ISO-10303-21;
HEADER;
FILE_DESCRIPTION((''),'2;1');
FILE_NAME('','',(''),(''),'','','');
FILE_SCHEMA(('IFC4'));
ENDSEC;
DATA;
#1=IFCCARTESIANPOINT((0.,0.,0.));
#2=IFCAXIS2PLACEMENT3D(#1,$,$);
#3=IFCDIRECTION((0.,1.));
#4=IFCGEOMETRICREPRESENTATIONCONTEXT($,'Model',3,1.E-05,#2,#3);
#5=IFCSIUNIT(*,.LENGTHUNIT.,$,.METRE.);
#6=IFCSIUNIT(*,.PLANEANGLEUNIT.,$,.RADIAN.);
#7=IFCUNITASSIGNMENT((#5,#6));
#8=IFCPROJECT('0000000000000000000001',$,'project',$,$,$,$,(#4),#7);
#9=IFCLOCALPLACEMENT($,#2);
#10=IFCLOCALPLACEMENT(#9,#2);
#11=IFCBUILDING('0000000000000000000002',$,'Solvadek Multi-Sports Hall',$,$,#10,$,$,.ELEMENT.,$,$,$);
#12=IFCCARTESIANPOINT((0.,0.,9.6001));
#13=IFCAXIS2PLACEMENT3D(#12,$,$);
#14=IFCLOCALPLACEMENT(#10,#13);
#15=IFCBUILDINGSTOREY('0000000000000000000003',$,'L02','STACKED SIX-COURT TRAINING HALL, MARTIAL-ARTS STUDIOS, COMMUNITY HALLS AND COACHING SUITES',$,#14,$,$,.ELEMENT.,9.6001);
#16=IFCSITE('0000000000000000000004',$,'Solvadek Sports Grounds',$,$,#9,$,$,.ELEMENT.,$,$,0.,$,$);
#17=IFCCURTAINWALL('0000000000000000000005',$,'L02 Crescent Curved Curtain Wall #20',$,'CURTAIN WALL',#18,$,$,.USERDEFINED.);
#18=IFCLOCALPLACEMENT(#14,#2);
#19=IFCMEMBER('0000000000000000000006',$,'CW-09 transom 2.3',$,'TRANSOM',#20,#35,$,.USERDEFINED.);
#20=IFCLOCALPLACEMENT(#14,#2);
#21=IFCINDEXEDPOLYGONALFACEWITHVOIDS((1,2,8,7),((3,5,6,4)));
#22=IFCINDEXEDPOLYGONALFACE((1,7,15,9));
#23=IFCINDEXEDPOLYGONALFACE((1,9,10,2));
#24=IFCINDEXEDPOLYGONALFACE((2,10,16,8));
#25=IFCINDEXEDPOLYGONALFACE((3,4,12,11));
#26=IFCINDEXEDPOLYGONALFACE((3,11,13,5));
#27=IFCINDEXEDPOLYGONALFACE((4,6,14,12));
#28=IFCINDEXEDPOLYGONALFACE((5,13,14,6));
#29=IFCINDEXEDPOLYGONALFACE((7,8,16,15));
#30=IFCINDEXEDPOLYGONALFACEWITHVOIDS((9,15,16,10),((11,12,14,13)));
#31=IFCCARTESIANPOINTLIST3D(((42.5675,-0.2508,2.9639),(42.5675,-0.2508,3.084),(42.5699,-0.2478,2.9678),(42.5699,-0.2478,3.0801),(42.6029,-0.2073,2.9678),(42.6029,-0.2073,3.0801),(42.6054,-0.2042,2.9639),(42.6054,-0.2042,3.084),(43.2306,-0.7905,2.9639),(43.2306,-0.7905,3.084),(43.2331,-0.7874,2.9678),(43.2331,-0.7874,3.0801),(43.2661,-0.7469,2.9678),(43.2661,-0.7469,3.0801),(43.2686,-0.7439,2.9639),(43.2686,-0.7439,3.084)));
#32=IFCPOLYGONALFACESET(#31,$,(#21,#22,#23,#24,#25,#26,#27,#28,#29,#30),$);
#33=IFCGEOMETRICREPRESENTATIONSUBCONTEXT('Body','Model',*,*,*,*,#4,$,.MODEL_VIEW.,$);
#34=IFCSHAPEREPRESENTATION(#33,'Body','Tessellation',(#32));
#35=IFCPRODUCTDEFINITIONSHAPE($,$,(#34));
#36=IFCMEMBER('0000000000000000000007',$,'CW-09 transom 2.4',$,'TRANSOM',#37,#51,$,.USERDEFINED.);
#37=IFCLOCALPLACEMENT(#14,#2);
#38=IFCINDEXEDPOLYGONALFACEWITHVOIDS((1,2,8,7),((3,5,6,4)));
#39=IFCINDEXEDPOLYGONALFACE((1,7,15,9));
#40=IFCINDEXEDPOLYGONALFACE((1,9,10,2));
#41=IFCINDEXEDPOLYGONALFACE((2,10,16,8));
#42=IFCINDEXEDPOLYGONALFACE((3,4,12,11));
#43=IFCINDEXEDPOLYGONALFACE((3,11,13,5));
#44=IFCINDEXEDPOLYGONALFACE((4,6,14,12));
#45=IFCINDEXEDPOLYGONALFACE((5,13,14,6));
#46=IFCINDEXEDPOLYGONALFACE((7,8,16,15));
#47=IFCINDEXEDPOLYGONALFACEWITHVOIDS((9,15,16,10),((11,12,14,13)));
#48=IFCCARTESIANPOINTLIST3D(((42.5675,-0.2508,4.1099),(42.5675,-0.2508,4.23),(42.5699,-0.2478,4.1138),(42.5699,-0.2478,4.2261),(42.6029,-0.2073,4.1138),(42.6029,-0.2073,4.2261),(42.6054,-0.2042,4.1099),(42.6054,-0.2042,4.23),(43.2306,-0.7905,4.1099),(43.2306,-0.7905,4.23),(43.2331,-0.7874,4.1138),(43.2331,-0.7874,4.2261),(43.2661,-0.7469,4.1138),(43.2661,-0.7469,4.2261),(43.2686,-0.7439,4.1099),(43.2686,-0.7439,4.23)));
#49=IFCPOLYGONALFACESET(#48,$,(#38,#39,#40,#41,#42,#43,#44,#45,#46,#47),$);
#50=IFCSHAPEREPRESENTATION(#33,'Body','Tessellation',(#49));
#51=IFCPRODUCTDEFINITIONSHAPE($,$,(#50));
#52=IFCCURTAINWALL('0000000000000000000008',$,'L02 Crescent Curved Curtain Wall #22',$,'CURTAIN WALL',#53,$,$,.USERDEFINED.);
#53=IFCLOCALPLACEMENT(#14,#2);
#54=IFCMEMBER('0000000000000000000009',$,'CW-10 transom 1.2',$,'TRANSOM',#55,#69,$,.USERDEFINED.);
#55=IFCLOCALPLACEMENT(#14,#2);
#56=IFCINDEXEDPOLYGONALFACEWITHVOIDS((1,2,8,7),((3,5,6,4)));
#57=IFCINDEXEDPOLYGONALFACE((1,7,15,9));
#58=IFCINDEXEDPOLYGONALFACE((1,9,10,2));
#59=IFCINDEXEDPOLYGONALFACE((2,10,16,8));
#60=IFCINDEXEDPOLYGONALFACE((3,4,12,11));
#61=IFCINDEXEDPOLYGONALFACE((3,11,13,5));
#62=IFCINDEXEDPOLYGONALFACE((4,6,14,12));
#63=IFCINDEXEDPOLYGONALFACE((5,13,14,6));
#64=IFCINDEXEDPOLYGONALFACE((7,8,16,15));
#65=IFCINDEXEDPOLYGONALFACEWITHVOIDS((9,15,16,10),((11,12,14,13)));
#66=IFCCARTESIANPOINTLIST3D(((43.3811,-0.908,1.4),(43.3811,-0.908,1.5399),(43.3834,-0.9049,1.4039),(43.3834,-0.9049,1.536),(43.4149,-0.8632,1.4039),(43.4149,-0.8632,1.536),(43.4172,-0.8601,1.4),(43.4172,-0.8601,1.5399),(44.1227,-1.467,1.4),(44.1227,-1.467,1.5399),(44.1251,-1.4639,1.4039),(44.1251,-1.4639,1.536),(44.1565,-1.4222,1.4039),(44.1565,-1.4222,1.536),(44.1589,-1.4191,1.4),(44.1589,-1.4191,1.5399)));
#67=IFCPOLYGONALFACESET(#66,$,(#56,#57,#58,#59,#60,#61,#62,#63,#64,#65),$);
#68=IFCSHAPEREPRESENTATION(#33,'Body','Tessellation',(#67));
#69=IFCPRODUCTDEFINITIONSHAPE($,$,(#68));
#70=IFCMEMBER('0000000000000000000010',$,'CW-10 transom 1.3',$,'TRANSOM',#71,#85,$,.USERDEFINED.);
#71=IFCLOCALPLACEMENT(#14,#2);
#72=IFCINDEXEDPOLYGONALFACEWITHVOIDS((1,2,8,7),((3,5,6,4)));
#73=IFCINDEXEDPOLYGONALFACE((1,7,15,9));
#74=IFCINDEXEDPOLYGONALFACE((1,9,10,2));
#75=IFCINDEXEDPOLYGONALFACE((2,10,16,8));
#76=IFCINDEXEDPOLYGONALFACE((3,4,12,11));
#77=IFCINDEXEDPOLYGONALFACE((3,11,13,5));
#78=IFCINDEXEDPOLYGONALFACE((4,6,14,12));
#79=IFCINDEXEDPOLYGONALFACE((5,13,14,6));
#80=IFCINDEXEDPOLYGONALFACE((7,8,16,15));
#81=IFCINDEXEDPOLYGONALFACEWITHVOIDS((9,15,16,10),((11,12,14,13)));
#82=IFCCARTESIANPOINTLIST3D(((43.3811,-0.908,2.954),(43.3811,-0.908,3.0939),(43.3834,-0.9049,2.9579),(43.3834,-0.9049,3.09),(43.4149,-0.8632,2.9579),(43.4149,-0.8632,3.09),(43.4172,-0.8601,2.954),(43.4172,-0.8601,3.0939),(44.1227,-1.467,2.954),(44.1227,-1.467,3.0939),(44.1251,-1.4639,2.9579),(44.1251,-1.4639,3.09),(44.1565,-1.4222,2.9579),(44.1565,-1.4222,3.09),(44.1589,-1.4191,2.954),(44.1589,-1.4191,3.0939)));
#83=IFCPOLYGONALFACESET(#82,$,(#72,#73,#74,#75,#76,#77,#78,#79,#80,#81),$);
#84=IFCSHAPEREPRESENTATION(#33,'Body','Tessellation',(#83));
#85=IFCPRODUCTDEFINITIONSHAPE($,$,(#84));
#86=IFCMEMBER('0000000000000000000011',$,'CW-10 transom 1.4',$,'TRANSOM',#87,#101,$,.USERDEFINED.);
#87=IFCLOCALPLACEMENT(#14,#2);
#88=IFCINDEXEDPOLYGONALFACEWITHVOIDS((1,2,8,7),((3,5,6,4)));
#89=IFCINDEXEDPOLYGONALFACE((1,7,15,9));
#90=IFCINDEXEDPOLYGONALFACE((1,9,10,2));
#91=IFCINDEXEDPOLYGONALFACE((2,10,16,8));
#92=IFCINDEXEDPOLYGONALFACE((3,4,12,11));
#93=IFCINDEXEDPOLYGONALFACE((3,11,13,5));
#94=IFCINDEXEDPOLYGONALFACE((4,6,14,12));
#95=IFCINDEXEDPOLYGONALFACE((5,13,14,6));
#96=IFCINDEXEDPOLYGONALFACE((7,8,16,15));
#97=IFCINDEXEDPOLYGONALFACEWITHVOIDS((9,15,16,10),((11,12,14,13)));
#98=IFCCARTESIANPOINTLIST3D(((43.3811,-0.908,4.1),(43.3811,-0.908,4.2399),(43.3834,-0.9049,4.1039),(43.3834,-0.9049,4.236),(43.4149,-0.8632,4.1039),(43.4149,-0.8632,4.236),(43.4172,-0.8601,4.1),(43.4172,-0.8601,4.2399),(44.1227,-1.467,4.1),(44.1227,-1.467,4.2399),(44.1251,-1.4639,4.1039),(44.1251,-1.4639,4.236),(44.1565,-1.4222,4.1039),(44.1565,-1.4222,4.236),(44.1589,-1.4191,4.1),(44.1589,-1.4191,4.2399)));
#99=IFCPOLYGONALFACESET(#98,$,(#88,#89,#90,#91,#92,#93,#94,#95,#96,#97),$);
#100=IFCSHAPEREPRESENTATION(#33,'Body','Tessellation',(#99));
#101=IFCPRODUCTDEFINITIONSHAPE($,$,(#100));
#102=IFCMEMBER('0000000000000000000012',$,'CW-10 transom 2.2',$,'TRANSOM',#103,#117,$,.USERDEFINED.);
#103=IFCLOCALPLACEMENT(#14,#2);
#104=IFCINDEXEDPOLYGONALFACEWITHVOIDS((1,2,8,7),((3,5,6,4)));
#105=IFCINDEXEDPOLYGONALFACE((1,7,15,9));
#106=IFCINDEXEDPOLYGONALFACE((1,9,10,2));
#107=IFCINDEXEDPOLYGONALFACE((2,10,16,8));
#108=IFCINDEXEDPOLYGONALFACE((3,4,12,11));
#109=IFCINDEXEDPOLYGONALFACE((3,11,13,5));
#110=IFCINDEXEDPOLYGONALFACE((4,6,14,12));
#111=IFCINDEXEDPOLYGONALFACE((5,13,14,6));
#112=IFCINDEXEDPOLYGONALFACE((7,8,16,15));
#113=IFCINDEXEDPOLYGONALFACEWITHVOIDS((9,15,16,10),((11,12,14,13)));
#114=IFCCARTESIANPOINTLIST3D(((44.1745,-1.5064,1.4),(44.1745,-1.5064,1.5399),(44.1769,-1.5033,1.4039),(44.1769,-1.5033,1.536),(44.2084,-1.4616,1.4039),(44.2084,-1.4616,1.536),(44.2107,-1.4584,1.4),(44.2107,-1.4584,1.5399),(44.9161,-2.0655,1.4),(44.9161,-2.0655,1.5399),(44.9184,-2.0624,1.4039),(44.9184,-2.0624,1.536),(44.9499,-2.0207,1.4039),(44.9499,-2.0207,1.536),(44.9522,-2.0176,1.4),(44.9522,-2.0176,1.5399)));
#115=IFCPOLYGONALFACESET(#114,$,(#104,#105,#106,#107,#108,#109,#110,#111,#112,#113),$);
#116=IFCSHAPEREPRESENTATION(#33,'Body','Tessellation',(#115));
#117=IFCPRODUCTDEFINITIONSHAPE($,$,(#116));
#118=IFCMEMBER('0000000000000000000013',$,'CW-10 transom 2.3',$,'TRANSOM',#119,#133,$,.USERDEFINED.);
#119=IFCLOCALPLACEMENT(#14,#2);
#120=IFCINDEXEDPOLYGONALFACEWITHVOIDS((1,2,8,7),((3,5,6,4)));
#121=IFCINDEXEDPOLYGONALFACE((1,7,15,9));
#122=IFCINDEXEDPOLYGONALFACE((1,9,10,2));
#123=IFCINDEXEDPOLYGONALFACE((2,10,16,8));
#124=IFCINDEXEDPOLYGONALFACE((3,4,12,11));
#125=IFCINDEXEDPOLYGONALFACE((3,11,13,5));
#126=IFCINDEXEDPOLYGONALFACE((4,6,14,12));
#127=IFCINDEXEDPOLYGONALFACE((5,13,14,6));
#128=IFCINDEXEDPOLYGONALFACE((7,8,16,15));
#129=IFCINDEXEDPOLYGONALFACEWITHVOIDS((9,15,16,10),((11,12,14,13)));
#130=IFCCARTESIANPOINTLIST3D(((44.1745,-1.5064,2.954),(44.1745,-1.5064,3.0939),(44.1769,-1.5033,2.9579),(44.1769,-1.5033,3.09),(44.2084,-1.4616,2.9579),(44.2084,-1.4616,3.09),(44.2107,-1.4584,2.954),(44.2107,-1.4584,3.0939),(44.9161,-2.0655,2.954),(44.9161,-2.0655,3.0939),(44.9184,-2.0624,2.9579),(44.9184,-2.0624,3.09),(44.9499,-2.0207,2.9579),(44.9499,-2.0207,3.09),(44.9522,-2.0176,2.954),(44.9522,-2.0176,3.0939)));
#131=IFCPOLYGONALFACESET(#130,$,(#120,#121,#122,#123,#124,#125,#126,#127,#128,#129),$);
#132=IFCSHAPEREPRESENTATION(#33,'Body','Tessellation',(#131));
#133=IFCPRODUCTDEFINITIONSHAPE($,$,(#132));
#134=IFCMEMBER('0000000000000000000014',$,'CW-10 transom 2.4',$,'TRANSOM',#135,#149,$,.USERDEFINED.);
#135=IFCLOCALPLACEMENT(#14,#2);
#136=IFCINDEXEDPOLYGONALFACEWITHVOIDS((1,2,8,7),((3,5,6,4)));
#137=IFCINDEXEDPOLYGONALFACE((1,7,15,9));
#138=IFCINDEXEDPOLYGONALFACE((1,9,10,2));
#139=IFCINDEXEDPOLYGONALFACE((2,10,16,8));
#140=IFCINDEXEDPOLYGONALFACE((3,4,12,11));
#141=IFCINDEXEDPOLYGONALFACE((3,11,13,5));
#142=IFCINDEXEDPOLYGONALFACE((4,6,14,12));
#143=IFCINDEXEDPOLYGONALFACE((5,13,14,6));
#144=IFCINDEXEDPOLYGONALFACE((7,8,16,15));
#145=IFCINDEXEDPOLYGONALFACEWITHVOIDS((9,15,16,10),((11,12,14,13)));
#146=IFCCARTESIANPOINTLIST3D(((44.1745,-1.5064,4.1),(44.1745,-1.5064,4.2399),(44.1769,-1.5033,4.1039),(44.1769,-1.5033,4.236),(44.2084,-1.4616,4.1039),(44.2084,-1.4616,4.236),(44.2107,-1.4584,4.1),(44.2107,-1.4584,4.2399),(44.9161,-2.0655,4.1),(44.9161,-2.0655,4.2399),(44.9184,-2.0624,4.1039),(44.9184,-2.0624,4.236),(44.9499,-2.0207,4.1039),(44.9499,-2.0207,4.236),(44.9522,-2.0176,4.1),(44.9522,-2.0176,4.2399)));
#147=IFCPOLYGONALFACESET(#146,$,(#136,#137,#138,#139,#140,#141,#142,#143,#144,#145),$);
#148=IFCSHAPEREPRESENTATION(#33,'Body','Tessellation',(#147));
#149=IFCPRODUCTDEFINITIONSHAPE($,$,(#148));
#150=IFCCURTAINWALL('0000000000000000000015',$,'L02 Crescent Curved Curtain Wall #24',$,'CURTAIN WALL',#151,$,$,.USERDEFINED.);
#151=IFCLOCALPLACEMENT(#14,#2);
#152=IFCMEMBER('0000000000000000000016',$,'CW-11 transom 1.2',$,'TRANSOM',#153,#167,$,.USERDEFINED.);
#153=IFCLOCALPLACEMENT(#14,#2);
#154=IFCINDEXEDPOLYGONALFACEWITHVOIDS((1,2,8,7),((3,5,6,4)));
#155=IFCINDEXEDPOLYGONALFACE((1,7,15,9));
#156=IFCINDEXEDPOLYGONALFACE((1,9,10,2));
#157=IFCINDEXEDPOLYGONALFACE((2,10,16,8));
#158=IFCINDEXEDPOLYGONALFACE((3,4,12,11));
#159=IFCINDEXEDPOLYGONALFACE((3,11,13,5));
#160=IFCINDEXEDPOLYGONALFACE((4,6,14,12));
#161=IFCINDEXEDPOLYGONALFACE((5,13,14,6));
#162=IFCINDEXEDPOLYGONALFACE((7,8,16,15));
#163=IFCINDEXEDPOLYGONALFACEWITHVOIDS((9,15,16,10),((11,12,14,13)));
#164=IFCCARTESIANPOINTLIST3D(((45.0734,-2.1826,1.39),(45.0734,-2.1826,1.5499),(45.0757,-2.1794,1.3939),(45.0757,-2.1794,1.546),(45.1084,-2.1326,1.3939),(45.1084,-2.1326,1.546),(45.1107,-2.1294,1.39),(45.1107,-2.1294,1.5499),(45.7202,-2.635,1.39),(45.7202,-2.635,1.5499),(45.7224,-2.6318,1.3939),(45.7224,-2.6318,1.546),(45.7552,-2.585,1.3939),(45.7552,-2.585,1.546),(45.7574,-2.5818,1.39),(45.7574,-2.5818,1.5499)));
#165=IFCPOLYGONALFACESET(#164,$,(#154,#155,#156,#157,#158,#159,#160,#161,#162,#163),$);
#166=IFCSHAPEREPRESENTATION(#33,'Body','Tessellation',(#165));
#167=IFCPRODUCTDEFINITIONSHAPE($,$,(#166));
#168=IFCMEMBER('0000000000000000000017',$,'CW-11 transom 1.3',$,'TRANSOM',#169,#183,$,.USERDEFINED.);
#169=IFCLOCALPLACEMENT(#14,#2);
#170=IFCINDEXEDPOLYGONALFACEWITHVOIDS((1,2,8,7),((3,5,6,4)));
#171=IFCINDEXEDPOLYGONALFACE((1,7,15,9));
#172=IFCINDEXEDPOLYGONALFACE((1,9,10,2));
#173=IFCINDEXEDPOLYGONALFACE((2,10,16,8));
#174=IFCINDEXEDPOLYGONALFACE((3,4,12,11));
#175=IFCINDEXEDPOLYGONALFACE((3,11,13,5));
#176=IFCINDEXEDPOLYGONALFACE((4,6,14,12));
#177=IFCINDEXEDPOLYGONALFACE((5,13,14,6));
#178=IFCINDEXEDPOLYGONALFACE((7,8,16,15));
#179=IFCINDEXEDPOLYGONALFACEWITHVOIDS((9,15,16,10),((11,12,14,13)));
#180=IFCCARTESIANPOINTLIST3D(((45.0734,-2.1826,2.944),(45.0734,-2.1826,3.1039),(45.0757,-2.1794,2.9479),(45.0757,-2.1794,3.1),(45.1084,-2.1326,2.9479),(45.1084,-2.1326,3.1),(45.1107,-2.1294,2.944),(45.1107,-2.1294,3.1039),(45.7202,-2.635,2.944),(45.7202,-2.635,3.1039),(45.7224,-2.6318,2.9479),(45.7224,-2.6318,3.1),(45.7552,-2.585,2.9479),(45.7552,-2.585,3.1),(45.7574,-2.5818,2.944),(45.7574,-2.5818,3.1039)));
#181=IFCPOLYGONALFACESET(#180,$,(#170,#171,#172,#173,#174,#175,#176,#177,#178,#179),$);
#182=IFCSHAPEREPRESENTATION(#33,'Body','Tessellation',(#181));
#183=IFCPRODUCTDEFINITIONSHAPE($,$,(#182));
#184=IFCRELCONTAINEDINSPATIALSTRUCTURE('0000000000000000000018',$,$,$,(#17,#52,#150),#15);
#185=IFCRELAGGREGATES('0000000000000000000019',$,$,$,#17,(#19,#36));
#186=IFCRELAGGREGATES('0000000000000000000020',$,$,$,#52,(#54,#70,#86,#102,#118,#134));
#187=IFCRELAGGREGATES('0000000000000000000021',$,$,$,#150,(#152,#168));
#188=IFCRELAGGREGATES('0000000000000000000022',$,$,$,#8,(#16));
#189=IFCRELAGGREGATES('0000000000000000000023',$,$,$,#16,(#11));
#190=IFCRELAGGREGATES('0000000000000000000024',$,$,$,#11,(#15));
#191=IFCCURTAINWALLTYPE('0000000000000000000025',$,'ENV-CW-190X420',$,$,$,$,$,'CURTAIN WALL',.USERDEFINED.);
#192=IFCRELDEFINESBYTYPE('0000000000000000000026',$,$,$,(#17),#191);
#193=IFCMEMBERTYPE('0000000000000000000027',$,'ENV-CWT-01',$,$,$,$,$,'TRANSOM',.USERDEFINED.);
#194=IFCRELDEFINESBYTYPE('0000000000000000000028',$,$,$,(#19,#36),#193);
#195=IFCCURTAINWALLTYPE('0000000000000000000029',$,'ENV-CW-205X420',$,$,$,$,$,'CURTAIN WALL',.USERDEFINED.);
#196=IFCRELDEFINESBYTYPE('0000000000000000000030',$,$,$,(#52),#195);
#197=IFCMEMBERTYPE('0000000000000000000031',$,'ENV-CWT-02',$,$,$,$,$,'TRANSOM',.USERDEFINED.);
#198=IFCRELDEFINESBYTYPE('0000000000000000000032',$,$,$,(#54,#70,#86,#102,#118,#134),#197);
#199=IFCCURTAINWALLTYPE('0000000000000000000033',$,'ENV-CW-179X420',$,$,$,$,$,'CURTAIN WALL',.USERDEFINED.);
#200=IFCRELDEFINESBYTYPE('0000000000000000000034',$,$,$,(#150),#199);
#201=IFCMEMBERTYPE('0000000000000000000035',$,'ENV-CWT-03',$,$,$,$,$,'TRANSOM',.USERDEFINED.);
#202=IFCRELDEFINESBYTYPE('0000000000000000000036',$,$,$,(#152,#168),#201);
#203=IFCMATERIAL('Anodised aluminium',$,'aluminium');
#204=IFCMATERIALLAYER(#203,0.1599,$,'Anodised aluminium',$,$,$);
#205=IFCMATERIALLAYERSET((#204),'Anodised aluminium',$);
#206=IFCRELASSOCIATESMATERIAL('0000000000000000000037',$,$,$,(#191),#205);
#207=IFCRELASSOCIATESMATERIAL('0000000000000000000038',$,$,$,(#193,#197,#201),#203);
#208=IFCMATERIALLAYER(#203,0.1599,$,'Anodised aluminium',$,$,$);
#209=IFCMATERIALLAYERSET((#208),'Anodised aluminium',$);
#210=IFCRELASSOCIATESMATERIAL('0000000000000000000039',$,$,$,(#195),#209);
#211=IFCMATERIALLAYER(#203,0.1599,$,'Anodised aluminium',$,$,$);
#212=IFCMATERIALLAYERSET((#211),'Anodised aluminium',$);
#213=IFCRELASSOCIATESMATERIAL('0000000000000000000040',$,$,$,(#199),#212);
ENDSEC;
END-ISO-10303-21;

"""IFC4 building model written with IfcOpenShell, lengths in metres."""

from ifc_helpers import new_model, si_unit, direction, frame, origin, origin_2d, place, context, subcontext, project, spatial, hollow_rectangle, extrude, material, layer, layer_set, material_profile, profile_set, type_object, element, aggregate, save


model = new_model("IFC4")

# Units and contexts
model_context = context("Model", 3, precision=1e-05, world=origin(), true_north=direction((0.0, 1.0)))
body_context = subcontext(model_context, "Body", "Model", "MODEL_VIEW")
ifc_project = project(units=[si_unit("LENGTHUNIT", "METRE"), si_unit("PLANEANGLEUNIT", "RADIAN")], contexts=[model_context])

# Site, building, storey
site_placement = place(None, origin())
site = spatial("IfcSite", under=ifc_project, at=site_placement, Name="Solvadek Sports Grounds", CompositionType="ELEMENT", RefElevation=0.0)
building_placement = place(site_placement, origin())
building = spatial("IfcBuilding", under=site, at=building_placement, Name="Solvadek Multi-Sports Hall", CompositionType="ELEMENT")
storey_placement = place(building_placement, frame((0.0, 0.0, 9.6001)))
storey = spatial("IfcBuildingStorey", under=building, at=storey_placement, Name="L02", Description="STACKED SIX-COURT TRAINING HALL, MARTIAL-ARTS STUDIOS, COMMUNITY HALLS AND COACHING SUITES", CompositionType="ELEMENT", Elevation=9.6001)

# Curtain walls, members
ifc_material_1 = material(Name="Anodised aluminium", Category="aluminium")
ifc_layer_1 = layer(ifc_material_1, 0.1599, Name="Anodised aluminium")
ifc_layer_set_1 = layer_set([ifc_layer_1], Name="Anodised aluminium")
curtain_wall_type_1 = type_object("IfcCurtainWallType", Name="ENV-CW-190X420", ElementType="CURTAIN WALL", PredefinedType="USERDEFINED", material=ifc_layer_set_1)
curtain_wall_1_placement = place(storey_placement, origin())
curtain_wall_1 = element("IfcCurtainWall", 1, at=curtain_wall_1_placement, inside=storey, type_object=curtain_wall_type_1, Name="L02 Crescent Curved Curtain Wall #20", ObjectType="CURTAIN WALL", PredefinedType="USERDEFINED")
ifc_material_profile_1 = material_profile(ifc_material_1, hollow_rectangle(XDim=0.0601, YDim=0.1201, WallThickness=0.0039, at=origin_2d()), Name="ALU-T 120x60x4")
ifc_profile_set_1 = profile_set([ifc_material_profile_1], Name="Anodised aluminium")
member_type_1 = type_object("IfcMemberType", Name="ENV-CWT-01", ElementType="TRANSOM", PredefinedType="USERDEFINED", material=ifc_profile_set_1)
member_1_placement = place(storey_placement, frame((42.5864, -0.2275, 3.0239), z_axis=(0.77566, -0.631152, 0.0), x_axis=(0.631152, 0.77566, 0.0)))
member_1 = element("IfcMember", 2, at=member_1_placement, type_object=member_type_1, Name="CW-09 transom 2.3", ObjectType="TRANSOM", PredefinedType="USERDEFINED", context=body_context, shape_type="SweptSolid", body=[
    extrude(hollow_rectangle(XDim=0.0601, YDim=0.1201, WallThickness=0.0039, at=origin_2d()), origin(), (0.0, 0.0, 1.0), 0.855),
])
member_2_placement = place(storey_placement, frame((42.5864, -0.2275, 4.1699), z_axis=(0.77566, -0.631152, 0.0), x_axis=(0.631152, 0.77566, 0.0)))
member_2 = element("IfcMember", 3, at=member_2_placement, type_object=member_type_1, Name="CW-09 transom 2.4", ObjectType="TRANSOM", PredefinedType="USERDEFINED", context=body_context, shape_type="SweptSolid", body=[
    extrude(hollow_rectangle(XDim=0.0601, YDim=0.1201, WallThickness=0.0039, at=origin_2d()), origin(), (0.0, 0.0, 1.0), 0.855),
])
ifc_layer_2 = layer(ifc_material_1, 0.1599, Name="Anodised aluminium")
ifc_layer_set_2 = layer_set([ifc_layer_2], Name="Anodised aluminium")
curtain_wall_type_2 = type_object("IfcCurtainWallType", Name="ENV-CW-205X420", ElementType="CURTAIN WALL", PredefinedType="USERDEFINED", material=ifc_layer_set_2)
curtain_wall_2_placement = place(storey_placement, origin())
curtain_wall_2 = element("IfcCurtainWall", 4, at=curtain_wall_2_placement, inside=storey, type_object=curtain_wall_type_2, Name="L02 Crescent Curved Curtain Wall #22", ObjectType="CURTAIN WALL", PredefinedType="USERDEFINED")
ifc_material_profile_2 = material_profile(ifc_material_1, hollow_rectangle(XDim=0.0601, YDim=0.1399, WallThickness=0.0039, at=origin_2d()), Name="ALU-T 140x60x4")
ifc_profile_set_2 = profile_set([ifc_material_profile_2], Name="Anodised aluminium")
member_type_2 = type_object("IfcMemberType", Name="ENV-CWT-02", ElementType="TRANSOM", PredefinedType="USERDEFINED", material=ifc_profile_set_2)
member_3_placement = place(storey_placement, frame((43.3992, -0.884, 1.47), z_axis=(0.798547, -0.601933, 0.0), x_axis=(0.601933, 0.798547, 0.0)))
member_3 = element("IfcMember", 5, at=member_3_placement, type_object=member_type_2, Name="CW-10 transom 1.2", ObjectType="TRANSOM", PredefinedType="USERDEFINED", context=body_context, shape_type="SweptSolid", body=[
    extrude(hollow_rectangle(XDim=0.0601, YDim=0.1399, WallThickness=0.0039, at=origin_2d()), origin(), (0.0, 0.0, 1.0), 0.9287),
])
member_4_placement = place(storey_placement, frame((43.3992, -0.884, 3.0239), z_axis=(0.798547, -0.601933, 0.0), x_axis=(0.601933, 0.798547, 0.0)))
member_4 = element("IfcMember", 6, at=member_4_placement, type_object=member_type_2, Name="CW-10 transom 1.3", ObjectType="TRANSOM", PredefinedType="USERDEFINED", context=body_context, shape_type="SweptSolid", body=[
    extrude(hollow_rectangle(XDim=0.0601, YDim=0.1399, WallThickness=0.0039, at=origin_2d()), origin(), (0.0, 0.0, 1.0), 0.9287),
])
member_5_placement = place(storey_placement, frame((43.3992, -0.884, 4.1699), z_axis=(0.798547, -0.601933, 0.0), x_axis=(0.601933, 0.798547, 0.0)))
member_5 = element("IfcMember", 7, at=member_5_placement, type_object=member_type_2, Name="CW-10 transom 1.4", ObjectType="TRANSOM", PredefinedType="USERDEFINED", context=body_context, shape_type="SweptSolid", body=[
    extrude(hollow_rectangle(XDim=0.0601, YDim=0.1399, WallThickness=0.0039, at=origin_2d()), origin(), (0.0, 0.0, 1.0), 0.9287),
])
member_6_placement = place(storey_placement, frame((44.1926, -1.4824, 1.47), z_axis=(0.798451, -0.602059, 0.0), x_axis=(0.602059, 0.798451, 0.0)))
member_6 = element("IfcMember", 8, at=member_6_placement, type_object=member_type_2, Name="CW-10 transom 2.2", ObjectType="TRANSOM", PredefinedType="USERDEFINED", context=body_context, shape_type="SweptSolid", body=[
    extrude(hollow_rectangle(XDim=0.0601, YDim=0.1399, WallThickness=0.0039, at=origin_2d()), origin(), (0.0, 0.0, 1.0), 0.9287),
])
member_7_placement = place(storey_placement, frame((44.1926, -1.4824, 3.0239), z_axis=(0.798451, -0.602059, 0.0), x_axis=(0.602059, 0.798451, 0.0)))
member_7 = element("IfcMember", 9, at=member_7_placement, type_object=member_type_2, Name="CW-10 transom 2.3", ObjectType="TRANSOM", PredefinedType="USERDEFINED", context=body_context, shape_type="SweptSolid", body=[
    extrude(hollow_rectangle(XDim=0.0601, YDim=0.1399, WallThickness=0.0039, at=origin_2d()), origin(), (0.0, 0.0, 1.0), 0.9287),
])
member_8_placement = place(storey_placement, frame((44.1926, -1.4824, 4.1699), z_axis=(0.798451, -0.602059, 0.0), x_axis=(0.602059, 0.798451, 0.0)))
member_8 = element("IfcMember", 10, at=member_8_placement, type_object=member_type_2, Name="CW-10 transom 2.4", ObjectType="TRANSOM", PredefinedType="USERDEFINED", context=body_context, shape_type="SweptSolid", body=[
    extrude(hollow_rectangle(XDim=0.0601, YDim=0.1399, WallThickness=0.0039, at=origin_2d()), origin(), (0.0, 0.0, 1.0), 0.9287),
])
ifc_layer_3 = layer(ifc_material_1, 0.1599, Name="Anodised aluminium")
ifc_layer_set_3 = layer_set([ifc_layer_3], Name="Anodised aluminium")
curtain_wall_type_3 = type_object("IfcCurtainWallType", Name="ENV-CW-179X420", ElementType="CURTAIN WALL", PredefinedType="USERDEFINED", material=ifc_layer_set_3)
curtain_wall_3_placement = place(storey_placement, origin())
curtain_wall_3 = element("IfcCurtainWall", 11, at=curtain_wall_3_placement, inside=storey, type_object=curtain_wall_type_3, Name="L02 Crescent Curved Curtain Wall #24", ObjectType="CURTAIN WALL", PredefinedType="USERDEFINED")
ifc_material_profile_3 = material_profile(ifc_material_1, hollow_rectangle(XDim=0.0649, YDim=0.1599, WallThickness=0.0039, at=origin_2d()), Name="ALU-T 160x65x4")
ifc_profile_set_3 = profile_set([ifc_material_profile_3], Name="Anodised aluminium")
member_type_3 = type_object("IfcMemberType", Name="ENV-CWT-03", ElementType="TRANSOM", PredefinedType="USERDEFINED", material=ifc_profile_set_3)
member_9_placement = place(storey_placement, frame((45.092, -2.156, 1.47), z_axis=(0.819421, -0.573192, 0.0), x_axis=(0.573192, 0.819421, 0.0)))
member_9 = element("IfcMember", 12, at=member_9_placement, type_object=member_type_3, Name="CW-11 transom 1.2", ObjectType="TRANSOM", PredefinedType="USERDEFINED", context=body_context, shape_type="SweptSolid", body=[
    extrude(hollow_rectangle(XDim=0.0649, YDim=0.1599, WallThickness=0.0039, at=origin_2d()), origin(), (0.0, 0.0, 1.0), 0.7893),
])
member_10_placement = place(storey_placement, frame((45.092, -2.156, 3.0239), z_axis=(0.819421, -0.573192, 0.0), x_axis=(0.573192, 0.819421, 0.0)))
member_10 = element("IfcMember", 13, at=member_10_placement, type_object=member_type_3, Name="CW-11 transom 1.3", ObjectType="TRANSOM", PredefinedType="USERDEFINED", context=body_context, shape_type="SweptSolid", body=[
    extrude(hollow_rectangle(XDim=0.0649, YDim=0.1599, WallThickness=0.0039, at=origin_2d()), origin(), (0.0, 0.0, 1.0), 0.7893),
])

aggregate(curtain_wall_1, [member_1, member_2])
aggregate(curtain_wall_2, [member_3, member_4, member_5, member_6, member_7, member_8])
aggregate(curtain_wall_3, [member_9, member_10])

save(model, "model.ifc")
